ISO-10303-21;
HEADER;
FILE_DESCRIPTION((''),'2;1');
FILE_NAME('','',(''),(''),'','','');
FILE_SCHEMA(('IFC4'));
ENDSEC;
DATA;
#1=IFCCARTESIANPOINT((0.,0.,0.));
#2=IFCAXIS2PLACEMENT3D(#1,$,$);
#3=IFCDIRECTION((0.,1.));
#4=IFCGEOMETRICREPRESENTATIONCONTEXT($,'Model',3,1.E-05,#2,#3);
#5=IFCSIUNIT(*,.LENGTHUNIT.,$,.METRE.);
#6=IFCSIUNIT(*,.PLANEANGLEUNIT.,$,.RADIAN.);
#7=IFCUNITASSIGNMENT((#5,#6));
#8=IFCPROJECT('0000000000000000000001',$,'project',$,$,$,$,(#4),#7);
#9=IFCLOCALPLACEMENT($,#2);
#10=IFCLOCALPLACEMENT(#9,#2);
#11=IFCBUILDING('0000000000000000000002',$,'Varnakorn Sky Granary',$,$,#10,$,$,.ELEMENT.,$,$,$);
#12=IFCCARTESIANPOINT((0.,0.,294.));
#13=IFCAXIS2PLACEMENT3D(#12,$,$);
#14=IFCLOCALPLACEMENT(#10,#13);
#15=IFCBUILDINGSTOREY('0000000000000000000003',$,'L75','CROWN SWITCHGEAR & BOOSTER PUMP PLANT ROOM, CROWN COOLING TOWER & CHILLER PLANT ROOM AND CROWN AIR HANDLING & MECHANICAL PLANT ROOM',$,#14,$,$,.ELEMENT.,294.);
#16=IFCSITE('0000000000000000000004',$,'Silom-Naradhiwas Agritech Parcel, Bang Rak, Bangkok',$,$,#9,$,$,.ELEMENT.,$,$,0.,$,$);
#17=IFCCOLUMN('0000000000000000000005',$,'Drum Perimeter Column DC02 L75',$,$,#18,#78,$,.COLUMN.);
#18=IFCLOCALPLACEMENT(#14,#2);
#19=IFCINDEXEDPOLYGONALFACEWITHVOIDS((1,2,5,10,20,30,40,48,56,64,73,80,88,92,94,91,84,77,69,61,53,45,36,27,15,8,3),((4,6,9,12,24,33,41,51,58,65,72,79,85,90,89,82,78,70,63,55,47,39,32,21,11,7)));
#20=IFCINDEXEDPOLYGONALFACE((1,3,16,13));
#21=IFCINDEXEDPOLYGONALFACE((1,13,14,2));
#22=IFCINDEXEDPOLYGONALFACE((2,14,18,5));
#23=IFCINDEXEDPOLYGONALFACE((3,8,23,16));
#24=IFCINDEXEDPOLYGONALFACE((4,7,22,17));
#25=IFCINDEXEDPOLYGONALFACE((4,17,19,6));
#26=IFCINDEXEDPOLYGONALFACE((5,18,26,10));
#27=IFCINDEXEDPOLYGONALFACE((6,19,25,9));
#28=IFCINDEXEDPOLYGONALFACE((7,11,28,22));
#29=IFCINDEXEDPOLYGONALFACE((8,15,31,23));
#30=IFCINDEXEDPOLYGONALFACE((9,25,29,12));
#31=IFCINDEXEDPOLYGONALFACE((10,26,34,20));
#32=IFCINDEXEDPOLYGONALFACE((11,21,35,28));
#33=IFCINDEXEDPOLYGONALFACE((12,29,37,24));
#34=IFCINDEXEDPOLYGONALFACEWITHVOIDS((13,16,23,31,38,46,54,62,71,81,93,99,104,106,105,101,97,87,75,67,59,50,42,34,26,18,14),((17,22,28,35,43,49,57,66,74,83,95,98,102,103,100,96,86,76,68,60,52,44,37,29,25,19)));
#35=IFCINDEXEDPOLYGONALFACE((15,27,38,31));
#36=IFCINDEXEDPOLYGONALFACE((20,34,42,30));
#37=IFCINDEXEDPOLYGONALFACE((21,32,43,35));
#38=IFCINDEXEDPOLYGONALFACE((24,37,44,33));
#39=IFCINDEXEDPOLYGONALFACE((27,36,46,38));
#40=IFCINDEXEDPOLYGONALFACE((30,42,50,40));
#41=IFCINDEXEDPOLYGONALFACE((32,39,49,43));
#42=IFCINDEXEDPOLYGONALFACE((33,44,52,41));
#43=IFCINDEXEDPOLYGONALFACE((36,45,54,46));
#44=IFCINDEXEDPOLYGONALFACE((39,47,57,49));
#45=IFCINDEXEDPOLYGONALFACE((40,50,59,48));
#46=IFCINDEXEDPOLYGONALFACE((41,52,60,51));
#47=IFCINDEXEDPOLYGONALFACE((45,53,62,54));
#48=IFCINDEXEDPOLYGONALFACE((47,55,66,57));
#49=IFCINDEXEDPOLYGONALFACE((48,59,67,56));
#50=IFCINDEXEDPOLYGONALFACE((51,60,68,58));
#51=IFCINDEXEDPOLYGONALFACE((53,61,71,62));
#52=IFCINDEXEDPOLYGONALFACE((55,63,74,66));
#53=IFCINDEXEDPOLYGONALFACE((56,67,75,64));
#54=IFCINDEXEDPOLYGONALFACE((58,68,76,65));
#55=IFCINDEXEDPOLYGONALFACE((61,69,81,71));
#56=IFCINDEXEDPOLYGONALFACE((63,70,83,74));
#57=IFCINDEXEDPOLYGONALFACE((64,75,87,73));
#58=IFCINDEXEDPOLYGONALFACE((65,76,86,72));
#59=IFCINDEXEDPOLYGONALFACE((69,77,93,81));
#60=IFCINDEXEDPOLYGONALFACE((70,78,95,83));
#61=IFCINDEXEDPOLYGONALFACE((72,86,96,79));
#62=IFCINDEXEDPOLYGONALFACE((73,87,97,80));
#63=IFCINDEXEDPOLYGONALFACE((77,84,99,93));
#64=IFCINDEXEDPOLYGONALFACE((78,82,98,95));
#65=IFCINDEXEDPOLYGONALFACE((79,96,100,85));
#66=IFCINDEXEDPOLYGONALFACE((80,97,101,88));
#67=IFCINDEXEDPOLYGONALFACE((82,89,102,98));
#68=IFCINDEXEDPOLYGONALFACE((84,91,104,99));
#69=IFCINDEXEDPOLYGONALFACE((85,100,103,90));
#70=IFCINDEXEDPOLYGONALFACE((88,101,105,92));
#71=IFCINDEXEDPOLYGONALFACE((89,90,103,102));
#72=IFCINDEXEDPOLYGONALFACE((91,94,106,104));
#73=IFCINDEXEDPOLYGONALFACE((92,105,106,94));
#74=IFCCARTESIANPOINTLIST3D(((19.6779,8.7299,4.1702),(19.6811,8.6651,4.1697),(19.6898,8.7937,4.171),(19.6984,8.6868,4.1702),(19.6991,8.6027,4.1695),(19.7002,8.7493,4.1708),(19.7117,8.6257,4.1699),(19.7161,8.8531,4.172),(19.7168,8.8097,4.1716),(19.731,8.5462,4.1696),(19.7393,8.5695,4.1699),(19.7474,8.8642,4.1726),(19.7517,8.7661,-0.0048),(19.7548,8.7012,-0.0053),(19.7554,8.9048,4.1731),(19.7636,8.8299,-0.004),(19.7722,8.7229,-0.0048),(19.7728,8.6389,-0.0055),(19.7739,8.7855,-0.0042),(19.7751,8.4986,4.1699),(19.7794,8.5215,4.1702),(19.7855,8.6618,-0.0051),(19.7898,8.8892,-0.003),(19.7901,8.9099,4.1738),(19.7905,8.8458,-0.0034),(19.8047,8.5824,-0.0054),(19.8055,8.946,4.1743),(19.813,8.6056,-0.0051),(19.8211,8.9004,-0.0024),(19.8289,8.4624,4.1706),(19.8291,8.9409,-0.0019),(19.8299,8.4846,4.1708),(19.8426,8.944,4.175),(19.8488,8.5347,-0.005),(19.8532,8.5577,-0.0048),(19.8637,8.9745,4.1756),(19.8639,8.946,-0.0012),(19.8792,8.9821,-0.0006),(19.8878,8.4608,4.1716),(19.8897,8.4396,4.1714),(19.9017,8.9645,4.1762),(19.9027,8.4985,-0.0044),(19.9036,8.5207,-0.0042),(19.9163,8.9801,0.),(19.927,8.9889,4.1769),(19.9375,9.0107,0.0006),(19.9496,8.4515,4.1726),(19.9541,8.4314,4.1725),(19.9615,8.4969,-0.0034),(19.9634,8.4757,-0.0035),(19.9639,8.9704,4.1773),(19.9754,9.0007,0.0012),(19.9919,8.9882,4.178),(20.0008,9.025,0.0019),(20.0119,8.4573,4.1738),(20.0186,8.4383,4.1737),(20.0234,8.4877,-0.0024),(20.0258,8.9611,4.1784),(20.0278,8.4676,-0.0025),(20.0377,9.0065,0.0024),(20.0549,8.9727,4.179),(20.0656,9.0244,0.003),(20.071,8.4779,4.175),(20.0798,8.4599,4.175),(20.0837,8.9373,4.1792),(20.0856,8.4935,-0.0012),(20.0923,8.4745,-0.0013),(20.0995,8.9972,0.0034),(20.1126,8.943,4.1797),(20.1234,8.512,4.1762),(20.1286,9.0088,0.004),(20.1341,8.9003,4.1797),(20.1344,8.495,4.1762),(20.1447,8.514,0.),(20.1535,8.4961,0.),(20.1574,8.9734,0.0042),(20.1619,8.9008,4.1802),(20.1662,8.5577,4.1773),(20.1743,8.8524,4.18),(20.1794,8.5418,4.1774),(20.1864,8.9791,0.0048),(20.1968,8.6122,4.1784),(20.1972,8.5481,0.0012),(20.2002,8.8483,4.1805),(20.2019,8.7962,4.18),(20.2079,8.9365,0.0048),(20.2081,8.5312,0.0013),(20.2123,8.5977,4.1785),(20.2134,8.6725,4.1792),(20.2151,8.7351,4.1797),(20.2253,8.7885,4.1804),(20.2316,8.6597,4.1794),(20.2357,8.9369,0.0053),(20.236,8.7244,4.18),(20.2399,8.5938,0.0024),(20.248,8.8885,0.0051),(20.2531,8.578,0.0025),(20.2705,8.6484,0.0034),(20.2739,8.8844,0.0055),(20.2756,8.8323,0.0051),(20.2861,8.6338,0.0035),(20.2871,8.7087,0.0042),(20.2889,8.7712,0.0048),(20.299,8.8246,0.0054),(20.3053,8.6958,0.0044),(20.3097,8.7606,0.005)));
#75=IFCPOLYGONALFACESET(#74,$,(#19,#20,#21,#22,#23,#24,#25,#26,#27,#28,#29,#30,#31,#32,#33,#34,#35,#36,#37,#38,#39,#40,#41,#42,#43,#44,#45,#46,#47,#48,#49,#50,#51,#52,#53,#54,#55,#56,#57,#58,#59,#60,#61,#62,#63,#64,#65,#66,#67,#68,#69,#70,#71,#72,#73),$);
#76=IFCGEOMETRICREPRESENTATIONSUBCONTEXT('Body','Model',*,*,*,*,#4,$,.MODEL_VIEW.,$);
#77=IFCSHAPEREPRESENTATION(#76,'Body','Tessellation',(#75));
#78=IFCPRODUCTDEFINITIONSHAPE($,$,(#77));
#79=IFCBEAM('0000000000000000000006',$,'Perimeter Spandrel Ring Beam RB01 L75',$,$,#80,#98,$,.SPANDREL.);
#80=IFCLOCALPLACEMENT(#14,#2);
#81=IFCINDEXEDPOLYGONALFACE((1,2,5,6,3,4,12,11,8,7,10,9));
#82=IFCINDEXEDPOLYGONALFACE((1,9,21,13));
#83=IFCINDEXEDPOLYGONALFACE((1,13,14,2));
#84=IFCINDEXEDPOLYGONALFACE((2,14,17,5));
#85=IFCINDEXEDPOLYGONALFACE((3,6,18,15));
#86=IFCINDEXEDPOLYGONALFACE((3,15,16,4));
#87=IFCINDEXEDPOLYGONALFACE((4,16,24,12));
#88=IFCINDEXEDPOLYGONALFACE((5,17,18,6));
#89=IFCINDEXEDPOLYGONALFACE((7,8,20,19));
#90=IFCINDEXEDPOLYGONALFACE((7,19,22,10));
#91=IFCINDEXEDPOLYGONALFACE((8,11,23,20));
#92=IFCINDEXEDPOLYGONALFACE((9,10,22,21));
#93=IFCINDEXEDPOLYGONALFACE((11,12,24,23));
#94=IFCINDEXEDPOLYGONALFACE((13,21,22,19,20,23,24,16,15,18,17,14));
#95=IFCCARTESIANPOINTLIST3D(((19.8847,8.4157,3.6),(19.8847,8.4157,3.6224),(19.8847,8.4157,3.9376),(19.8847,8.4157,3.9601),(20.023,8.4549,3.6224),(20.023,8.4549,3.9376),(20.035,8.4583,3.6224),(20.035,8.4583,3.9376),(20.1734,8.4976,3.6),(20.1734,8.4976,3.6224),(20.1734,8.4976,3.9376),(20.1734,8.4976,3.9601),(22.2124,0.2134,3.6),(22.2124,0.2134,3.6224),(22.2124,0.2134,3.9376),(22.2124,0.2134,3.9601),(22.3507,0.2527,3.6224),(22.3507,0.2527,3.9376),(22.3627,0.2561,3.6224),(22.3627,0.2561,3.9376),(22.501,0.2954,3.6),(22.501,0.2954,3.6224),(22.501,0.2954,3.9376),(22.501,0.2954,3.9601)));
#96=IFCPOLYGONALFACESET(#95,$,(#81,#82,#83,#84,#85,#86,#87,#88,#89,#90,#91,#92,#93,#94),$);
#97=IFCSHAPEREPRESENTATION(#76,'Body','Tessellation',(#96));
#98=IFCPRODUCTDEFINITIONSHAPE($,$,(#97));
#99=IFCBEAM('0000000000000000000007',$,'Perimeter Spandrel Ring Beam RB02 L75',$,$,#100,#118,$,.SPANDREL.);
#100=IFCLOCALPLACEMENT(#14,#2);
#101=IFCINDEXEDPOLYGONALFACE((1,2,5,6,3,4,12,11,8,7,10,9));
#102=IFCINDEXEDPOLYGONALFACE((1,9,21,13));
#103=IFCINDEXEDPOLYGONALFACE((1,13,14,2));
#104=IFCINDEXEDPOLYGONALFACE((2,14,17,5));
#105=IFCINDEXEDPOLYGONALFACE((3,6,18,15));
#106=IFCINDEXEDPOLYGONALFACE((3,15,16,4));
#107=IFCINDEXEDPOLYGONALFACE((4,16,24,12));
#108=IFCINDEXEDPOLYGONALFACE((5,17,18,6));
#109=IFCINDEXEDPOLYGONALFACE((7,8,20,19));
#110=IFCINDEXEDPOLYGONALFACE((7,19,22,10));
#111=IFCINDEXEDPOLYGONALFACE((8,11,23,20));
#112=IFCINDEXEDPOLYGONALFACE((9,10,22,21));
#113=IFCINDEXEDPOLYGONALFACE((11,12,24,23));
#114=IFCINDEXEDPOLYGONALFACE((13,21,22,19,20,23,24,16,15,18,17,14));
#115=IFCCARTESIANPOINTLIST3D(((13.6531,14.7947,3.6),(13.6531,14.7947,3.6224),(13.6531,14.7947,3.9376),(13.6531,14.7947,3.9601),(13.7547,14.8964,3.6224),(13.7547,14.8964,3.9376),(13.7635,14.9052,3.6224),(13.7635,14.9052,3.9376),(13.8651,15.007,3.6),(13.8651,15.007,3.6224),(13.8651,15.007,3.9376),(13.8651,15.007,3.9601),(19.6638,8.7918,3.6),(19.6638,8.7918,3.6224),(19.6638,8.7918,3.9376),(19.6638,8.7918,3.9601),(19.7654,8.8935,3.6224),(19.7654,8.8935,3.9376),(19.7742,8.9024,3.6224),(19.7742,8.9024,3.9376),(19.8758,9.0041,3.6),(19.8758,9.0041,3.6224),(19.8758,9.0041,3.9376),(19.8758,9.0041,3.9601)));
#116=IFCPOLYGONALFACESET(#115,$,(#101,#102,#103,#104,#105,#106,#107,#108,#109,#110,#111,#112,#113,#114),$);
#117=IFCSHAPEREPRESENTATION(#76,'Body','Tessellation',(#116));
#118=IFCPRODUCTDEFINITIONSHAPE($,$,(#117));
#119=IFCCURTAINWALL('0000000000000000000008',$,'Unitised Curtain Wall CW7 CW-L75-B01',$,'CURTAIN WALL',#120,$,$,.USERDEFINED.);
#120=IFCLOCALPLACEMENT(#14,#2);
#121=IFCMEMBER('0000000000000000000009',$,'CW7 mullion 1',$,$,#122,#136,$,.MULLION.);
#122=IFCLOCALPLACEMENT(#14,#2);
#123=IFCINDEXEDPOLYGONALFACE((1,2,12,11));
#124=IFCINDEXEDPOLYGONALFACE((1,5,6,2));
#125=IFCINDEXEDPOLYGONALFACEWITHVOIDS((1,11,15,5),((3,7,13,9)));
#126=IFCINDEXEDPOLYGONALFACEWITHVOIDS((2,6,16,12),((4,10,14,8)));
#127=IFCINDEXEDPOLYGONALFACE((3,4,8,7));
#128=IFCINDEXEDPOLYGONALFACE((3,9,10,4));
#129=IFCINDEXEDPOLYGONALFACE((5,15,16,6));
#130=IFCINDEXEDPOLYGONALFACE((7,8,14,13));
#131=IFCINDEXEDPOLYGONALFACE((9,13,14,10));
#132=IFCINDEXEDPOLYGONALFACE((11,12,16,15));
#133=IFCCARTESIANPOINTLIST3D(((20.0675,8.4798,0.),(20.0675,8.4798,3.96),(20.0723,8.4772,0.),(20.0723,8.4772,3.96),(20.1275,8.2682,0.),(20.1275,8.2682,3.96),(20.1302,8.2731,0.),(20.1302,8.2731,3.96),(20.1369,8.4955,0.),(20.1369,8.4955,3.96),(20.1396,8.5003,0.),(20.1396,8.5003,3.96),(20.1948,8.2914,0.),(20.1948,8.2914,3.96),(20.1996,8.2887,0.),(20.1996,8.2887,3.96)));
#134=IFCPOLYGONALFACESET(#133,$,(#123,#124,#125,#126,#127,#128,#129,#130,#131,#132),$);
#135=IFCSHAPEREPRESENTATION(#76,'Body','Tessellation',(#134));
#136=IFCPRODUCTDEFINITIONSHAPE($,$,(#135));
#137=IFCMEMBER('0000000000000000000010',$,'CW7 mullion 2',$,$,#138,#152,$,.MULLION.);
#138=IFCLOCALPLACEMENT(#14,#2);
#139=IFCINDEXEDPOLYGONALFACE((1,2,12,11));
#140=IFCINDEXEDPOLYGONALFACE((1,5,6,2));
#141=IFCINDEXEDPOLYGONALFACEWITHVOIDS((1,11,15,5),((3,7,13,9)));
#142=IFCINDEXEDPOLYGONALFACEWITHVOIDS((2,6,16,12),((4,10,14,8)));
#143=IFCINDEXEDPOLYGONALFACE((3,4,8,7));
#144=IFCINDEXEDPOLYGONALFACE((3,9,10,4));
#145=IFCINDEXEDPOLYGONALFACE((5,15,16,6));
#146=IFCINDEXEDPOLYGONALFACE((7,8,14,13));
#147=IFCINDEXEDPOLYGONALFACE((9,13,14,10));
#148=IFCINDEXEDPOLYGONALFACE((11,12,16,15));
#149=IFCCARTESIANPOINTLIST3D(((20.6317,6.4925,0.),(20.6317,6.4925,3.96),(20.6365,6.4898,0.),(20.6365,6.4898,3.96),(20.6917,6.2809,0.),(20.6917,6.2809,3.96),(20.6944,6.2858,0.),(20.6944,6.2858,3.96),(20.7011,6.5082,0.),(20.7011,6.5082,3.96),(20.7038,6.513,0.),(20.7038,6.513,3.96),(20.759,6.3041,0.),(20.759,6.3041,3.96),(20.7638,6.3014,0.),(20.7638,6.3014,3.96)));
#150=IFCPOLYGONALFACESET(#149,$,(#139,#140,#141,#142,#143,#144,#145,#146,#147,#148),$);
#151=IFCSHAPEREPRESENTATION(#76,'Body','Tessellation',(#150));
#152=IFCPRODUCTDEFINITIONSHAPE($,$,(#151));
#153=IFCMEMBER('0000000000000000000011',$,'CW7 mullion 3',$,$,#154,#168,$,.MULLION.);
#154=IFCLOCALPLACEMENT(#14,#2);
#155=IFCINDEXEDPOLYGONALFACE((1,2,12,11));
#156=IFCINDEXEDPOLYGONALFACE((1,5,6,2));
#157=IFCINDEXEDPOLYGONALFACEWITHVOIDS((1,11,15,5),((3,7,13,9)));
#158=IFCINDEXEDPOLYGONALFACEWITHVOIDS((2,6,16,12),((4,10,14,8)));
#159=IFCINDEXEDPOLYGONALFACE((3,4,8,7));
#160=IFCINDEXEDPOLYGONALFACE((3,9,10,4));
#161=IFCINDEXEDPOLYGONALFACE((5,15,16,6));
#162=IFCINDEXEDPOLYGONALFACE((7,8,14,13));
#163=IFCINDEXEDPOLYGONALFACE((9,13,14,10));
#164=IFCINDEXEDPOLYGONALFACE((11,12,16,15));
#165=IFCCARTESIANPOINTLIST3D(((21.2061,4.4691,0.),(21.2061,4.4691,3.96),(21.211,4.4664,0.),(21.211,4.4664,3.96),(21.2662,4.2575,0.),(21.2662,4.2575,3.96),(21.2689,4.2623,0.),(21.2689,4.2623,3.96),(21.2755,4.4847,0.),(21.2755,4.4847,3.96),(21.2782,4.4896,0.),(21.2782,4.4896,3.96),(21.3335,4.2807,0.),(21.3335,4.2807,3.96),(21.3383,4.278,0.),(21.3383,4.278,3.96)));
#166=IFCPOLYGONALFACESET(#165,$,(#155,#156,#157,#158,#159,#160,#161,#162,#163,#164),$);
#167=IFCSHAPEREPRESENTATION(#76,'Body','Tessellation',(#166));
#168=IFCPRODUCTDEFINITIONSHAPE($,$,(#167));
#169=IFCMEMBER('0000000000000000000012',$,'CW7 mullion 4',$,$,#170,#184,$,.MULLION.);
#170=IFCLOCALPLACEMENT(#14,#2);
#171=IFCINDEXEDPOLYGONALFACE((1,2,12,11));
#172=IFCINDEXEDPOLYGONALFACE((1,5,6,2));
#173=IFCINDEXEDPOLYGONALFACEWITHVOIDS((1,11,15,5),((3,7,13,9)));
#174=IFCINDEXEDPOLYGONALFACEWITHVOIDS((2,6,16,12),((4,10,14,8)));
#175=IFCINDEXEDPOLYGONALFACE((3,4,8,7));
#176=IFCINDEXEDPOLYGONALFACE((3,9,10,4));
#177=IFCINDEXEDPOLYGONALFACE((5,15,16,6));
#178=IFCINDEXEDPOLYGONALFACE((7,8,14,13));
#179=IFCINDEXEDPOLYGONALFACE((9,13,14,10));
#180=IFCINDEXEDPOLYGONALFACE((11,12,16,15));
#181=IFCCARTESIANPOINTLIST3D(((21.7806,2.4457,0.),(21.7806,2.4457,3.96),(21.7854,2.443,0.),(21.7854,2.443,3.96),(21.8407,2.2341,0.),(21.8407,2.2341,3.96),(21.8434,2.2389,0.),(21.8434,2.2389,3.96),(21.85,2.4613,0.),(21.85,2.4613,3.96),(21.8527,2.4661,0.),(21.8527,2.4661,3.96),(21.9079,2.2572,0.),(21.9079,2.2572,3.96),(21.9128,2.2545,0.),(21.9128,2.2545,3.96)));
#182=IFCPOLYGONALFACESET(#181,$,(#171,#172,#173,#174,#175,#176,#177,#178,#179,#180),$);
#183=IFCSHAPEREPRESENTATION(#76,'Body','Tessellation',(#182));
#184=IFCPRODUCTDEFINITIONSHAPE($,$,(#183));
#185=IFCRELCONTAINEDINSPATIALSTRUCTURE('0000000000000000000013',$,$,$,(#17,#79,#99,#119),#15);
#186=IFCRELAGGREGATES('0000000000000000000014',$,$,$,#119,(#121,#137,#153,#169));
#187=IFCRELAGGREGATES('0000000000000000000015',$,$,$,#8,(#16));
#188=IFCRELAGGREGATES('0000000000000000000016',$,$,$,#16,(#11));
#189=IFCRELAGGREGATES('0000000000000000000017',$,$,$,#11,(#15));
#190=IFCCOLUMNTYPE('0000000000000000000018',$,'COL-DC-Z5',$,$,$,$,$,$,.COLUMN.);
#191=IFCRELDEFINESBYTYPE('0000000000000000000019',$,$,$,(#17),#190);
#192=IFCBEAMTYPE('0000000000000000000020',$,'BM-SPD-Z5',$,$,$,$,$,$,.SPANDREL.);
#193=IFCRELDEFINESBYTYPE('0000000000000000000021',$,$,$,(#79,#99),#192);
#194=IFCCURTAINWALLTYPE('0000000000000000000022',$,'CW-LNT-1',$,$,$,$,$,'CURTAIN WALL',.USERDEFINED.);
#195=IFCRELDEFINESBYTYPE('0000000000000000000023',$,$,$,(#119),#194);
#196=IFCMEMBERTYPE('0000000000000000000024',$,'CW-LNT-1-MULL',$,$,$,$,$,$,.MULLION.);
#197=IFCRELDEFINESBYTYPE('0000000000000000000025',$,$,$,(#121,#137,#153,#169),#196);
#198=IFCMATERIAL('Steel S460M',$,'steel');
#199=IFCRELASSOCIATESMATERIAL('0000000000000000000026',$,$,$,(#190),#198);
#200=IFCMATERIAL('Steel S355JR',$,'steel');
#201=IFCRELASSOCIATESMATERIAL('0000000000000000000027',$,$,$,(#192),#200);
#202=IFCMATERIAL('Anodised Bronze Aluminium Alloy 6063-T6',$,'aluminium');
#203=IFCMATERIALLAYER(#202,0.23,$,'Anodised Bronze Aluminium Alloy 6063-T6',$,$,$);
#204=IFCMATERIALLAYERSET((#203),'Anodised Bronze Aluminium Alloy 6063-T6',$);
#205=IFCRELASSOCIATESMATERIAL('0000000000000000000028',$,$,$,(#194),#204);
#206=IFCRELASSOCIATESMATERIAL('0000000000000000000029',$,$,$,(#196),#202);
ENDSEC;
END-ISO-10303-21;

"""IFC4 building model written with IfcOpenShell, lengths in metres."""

from ifc_helpers import new_model, si_unit, direction, frame, origin, origin_2d, place, context, subcontext, project, spatial, hollow_rectangle, hollow_circle, i_section, extrude, material, layer, layer_set, material_profile, profile_set, type_object, element, aggregate, save


model = new_model("IFC4")

# Units and contexts
model_context = context("Model", 3, precision=1e-05, world=origin(), true_north=direction((0.0, 1.0)))
body_context = subcontext(model_context, "Body", "Model", "MODEL_VIEW")
ifc_project = project(units=[si_unit("LENGTHUNIT", "METRE"), si_unit("PLANEANGLEUNIT", "RADIAN")], contexts=[model_context])

# Site, building, storey
site_placement = place(None, origin())
site = spatial("IfcSite", under=ifc_project, at=site_placement, Name="Silom-Naradhiwas Agritech Parcel, Bang Rak, Bangkok", CompositionType="ELEMENT", RefElevation=0.0)
building_placement = place(site_placement, origin())
building = spatial("IfcBuilding", under=site, at=building_placement, Name="Varnakorn Sky Granary", CompositionType="ELEMENT")
storey_placement = place(building_placement, frame((0.0, 0.0, 294.0)))
storey = spatial("IfcBuildingStorey", under=building, at=storey_placement, Name="L75", Description="CROWN SWITCHGEAR & BOOSTER PUMP PLANT ROOM, CROWN COOLING TOWER & CHILLER PLANT ROOM AND CROWN AIR HANDLING & MECHANICAL PLANT ROOM", CompositionType="ELEMENT", Elevation=294.0)

# Column
ifc_material_1 = material(Name="Steel S460M", Category="steel")
ifc_material_profile_1 = material_profile(ifc_material_1, hollow_circle(Radius=0.2795, WallThickness=0.02, at=origin_2d()), Name="CHS 559x20")
ifc_profile_set_1 = profile_set([ifc_material_profile_1], Name="Steel S460M")
column_type = type_object("IfcColumnType", Name="COL-DC-Z5", PredefinedType="COLUMN", material=ifc_profile_set_1)
column_placement = place(storey_placement, frame((20.0305, 8.7471, 0.0), z_axis=(-0.017656, -0.008653, 0.999807), x_axis=(0.440063, -0.897967, 0.0)))
element("IfcColumn", 1, at=column_placement, inside=storey, type_object=column_type, Name="Drum Perimeter Column DC02 L75", PredefinedType="COLUMN", context=body_context, shape_type="SweptSolid", body=[
    extrude(hollow_circle(Radius=0.2795, WallThickness=0.02, at=origin_2d()), origin(), (0.0, 0.0, 1.0), 4.1758),
])

# Beams
ifc_material_2 = material(Name="Steel S355JR", Category="steel")
ifc_material_profile_2 = material_profile(ifc_material_2, i_section(OverallWidth=0.3, OverallDepth=0.3601, WebThickness=0.0125, FlangeThickness=0.0225, at=origin_2d()), Name="HE 360 B")
ifc_profile_set_2 = profile_set([ifc_material_profile_2], Name="Steel S355JR")
beam_type = type_object("IfcBeamType", Name="BM-SPD-Z5", PredefinedType="SPANDREL", material=ifc_profile_set_2)
beam_1_placement = place(storey_placement, frame((22.3567, 0.2544, 3.78), z_axis=(-0.273004, 0.962013, 0.0), x_axis=(-0.962013, -0.273004, 0.0)))
element("IfcBeam", 2, at=beam_1_placement, inside=storey, type_object=beam_type, Name="Perimeter Spandrel Ring Beam RB01 L75", PredefinedType="SPANDREL", context=body_context, shape_type="SweptSolid", body=[
    extrude(i_section(OverallWidth=0.3, OverallDepth=0.3601, WebThickness=0.0125, FlangeThickness=0.0225, at=origin_2d()), origin(), (0.0, 0.0, 1.0), 8.5261),
])
beam_2_placement = place(storey_placement, frame((19.7698, 8.8979, 3.78), z_axis=(-0.707566, 0.706647, 0.0), x_axis=(-0.706647, -0.707566, 0.0)))
element("IfcBeam", 3, at=beam_2_placement, inside=storey, type_object=beam_type, Name="Perimeter Spandrel Ring Beam RB02 L75", PredefinedType="SPANDREL", context=body_context, shape_type="SweptSolid", body=[
    extrude(i_section(OverallWidth=0.3, OverallDepth=0.3601, WebThickness=0.0125, FlangeThickness=0.0225, at=origin_2d()), origin(), (0.0, 0.0, 1.0), 8.4949),
])

# Curtain wall, members
ifc_material_3 = material(Name="Anodised Bronze Aluminium Alloy 6063-T6", Category="aluminium")
ifc_layer_1 = layer(ifc_material_3, 0.23, Name="Anodised Bronze Aluminium Alloy 6063-T6")
ifc_layer_set_1 = layer_set([ifc_layer_1], Name="Anodised Bronze Aluminium Alloy 6063-T6")
curtain_wall_type = type_object("IfcCurtainWallType", Name="CW-LNT-1", ElementType="CURTAIN WALL", PredefinedType="USERDEFINED", material=ifc_layer_set_1)
curtain_wall_1_placement = place(storey_placement, origin())
curtain_wall_1 = element("IfcCurtainWall", 4, at=curtain_wall_1_placement, inside=storey, type_object=curtain_wall_type, Name="Unitised Curtain Wall CW7 CW-L75-B01", ObjectType="CURTAIN WALL", PredefinedType="USERDEFINED")
ifc_material_profile_3 = material_profile(ifc_material_3, hollow_rectangle(XDim=0.075, YDim=0.22, WallThickness=0.0039, at=origin_2d()), Name="ALU MULL 75x220")
ifc_profile_set_3 = profile_set([ifc_material_profile_3], Name="Anodised Bronze Aluminium Alloy 6063-T6")
member_type_1 = type_object("IfcMemberType", Name="CW-LNT-1-MULL", PredefinedType="MULLION", material=ifc_profile_set_3)
member_1_placement = place(storey_placement, frame((20.1335, 8.3843, 0.0), z_axis=(0.0, 0.0, 1.0), x_axis=(0.961978, 0.273126, 0.0)))
member_1 = element("IfcMember", 5, at=member_1_placement, type_object=member_type_1, Name="CW7 mullion 1", PredefinedType="MULLION", context=body_context, shape_type="SweptSolid", body=[
    extrude(hollow_rectangle(XDim=0.075, YDim=0.22, WallThickness=0.0039, at=origin_2d()), origin(), (0.0, 0.0, 1.0), 3.96),
])
member_2_placement = place(storey_placement, frame((20.6978, 6.397, 0.0), z_axis=(0.0, 0.0, 1.0), x_axis=(0.961978, 0.273126, 0.0)))
member_2 = element("IfcMember", 6, at=member_2_placement, type_object=member_type_1, Name="CW7 mullion 2", PredefinedType="MULLION", context=body_context, shape_type="SweptSolid", body=[
    extrude(hollow_rectangle(XDim=0.075, YDim=0.22, WallThickness=0.0039, at=origin_2d()), origin(), (0.0, 0.0, 1.0), 3.96),
])
member_3_placement = place(storey_placement, frame((21.2722, 4.3735, 0.0), z_axis=(0.0, 0.0, 1.0), x_axis=(0.961978, 0.273126, 0.0)))
member_3 = element("IfcMember", 7, at=member_3_placement, type_object=member_type_1, Name="CW7 mullion 3", PredefinedType="MULLION", context=body_context, shape_type="SweptSolid", body=[
    extrude(hollow_rectangle(XDim=0.075, YDim=0.22, WallThickness=0.0039, at=origin_2d()), origin(), (0.0, 0.0, 1.0), 3.96),
])
member_4_placement = place(storey_placement, frame((21.8467, 2.3501, 0.0), z_axis=(0.0, 0.0, 1.0), x_axis=(0.961978, 0.273126, 0.0)))
member_4 = element("IfcMember", 8, at=member_4_placement, type_object=member_type_1, Name="CW7 mullion 4", PredefinedType="MULLION", context=body_context, shape_type="SweptSolid", body=[
    extrude(hollow_rectangle(XDim=0.075, YDim=0.22, WallThickness=0.0039, at=origin_2d()), origin(), (0.0, 0.0, 1.0), 3.96),
])

aggregate(curtain_wall_1, [member_1, member_2, member_3, member_4])

save(model, "model.ifc")
